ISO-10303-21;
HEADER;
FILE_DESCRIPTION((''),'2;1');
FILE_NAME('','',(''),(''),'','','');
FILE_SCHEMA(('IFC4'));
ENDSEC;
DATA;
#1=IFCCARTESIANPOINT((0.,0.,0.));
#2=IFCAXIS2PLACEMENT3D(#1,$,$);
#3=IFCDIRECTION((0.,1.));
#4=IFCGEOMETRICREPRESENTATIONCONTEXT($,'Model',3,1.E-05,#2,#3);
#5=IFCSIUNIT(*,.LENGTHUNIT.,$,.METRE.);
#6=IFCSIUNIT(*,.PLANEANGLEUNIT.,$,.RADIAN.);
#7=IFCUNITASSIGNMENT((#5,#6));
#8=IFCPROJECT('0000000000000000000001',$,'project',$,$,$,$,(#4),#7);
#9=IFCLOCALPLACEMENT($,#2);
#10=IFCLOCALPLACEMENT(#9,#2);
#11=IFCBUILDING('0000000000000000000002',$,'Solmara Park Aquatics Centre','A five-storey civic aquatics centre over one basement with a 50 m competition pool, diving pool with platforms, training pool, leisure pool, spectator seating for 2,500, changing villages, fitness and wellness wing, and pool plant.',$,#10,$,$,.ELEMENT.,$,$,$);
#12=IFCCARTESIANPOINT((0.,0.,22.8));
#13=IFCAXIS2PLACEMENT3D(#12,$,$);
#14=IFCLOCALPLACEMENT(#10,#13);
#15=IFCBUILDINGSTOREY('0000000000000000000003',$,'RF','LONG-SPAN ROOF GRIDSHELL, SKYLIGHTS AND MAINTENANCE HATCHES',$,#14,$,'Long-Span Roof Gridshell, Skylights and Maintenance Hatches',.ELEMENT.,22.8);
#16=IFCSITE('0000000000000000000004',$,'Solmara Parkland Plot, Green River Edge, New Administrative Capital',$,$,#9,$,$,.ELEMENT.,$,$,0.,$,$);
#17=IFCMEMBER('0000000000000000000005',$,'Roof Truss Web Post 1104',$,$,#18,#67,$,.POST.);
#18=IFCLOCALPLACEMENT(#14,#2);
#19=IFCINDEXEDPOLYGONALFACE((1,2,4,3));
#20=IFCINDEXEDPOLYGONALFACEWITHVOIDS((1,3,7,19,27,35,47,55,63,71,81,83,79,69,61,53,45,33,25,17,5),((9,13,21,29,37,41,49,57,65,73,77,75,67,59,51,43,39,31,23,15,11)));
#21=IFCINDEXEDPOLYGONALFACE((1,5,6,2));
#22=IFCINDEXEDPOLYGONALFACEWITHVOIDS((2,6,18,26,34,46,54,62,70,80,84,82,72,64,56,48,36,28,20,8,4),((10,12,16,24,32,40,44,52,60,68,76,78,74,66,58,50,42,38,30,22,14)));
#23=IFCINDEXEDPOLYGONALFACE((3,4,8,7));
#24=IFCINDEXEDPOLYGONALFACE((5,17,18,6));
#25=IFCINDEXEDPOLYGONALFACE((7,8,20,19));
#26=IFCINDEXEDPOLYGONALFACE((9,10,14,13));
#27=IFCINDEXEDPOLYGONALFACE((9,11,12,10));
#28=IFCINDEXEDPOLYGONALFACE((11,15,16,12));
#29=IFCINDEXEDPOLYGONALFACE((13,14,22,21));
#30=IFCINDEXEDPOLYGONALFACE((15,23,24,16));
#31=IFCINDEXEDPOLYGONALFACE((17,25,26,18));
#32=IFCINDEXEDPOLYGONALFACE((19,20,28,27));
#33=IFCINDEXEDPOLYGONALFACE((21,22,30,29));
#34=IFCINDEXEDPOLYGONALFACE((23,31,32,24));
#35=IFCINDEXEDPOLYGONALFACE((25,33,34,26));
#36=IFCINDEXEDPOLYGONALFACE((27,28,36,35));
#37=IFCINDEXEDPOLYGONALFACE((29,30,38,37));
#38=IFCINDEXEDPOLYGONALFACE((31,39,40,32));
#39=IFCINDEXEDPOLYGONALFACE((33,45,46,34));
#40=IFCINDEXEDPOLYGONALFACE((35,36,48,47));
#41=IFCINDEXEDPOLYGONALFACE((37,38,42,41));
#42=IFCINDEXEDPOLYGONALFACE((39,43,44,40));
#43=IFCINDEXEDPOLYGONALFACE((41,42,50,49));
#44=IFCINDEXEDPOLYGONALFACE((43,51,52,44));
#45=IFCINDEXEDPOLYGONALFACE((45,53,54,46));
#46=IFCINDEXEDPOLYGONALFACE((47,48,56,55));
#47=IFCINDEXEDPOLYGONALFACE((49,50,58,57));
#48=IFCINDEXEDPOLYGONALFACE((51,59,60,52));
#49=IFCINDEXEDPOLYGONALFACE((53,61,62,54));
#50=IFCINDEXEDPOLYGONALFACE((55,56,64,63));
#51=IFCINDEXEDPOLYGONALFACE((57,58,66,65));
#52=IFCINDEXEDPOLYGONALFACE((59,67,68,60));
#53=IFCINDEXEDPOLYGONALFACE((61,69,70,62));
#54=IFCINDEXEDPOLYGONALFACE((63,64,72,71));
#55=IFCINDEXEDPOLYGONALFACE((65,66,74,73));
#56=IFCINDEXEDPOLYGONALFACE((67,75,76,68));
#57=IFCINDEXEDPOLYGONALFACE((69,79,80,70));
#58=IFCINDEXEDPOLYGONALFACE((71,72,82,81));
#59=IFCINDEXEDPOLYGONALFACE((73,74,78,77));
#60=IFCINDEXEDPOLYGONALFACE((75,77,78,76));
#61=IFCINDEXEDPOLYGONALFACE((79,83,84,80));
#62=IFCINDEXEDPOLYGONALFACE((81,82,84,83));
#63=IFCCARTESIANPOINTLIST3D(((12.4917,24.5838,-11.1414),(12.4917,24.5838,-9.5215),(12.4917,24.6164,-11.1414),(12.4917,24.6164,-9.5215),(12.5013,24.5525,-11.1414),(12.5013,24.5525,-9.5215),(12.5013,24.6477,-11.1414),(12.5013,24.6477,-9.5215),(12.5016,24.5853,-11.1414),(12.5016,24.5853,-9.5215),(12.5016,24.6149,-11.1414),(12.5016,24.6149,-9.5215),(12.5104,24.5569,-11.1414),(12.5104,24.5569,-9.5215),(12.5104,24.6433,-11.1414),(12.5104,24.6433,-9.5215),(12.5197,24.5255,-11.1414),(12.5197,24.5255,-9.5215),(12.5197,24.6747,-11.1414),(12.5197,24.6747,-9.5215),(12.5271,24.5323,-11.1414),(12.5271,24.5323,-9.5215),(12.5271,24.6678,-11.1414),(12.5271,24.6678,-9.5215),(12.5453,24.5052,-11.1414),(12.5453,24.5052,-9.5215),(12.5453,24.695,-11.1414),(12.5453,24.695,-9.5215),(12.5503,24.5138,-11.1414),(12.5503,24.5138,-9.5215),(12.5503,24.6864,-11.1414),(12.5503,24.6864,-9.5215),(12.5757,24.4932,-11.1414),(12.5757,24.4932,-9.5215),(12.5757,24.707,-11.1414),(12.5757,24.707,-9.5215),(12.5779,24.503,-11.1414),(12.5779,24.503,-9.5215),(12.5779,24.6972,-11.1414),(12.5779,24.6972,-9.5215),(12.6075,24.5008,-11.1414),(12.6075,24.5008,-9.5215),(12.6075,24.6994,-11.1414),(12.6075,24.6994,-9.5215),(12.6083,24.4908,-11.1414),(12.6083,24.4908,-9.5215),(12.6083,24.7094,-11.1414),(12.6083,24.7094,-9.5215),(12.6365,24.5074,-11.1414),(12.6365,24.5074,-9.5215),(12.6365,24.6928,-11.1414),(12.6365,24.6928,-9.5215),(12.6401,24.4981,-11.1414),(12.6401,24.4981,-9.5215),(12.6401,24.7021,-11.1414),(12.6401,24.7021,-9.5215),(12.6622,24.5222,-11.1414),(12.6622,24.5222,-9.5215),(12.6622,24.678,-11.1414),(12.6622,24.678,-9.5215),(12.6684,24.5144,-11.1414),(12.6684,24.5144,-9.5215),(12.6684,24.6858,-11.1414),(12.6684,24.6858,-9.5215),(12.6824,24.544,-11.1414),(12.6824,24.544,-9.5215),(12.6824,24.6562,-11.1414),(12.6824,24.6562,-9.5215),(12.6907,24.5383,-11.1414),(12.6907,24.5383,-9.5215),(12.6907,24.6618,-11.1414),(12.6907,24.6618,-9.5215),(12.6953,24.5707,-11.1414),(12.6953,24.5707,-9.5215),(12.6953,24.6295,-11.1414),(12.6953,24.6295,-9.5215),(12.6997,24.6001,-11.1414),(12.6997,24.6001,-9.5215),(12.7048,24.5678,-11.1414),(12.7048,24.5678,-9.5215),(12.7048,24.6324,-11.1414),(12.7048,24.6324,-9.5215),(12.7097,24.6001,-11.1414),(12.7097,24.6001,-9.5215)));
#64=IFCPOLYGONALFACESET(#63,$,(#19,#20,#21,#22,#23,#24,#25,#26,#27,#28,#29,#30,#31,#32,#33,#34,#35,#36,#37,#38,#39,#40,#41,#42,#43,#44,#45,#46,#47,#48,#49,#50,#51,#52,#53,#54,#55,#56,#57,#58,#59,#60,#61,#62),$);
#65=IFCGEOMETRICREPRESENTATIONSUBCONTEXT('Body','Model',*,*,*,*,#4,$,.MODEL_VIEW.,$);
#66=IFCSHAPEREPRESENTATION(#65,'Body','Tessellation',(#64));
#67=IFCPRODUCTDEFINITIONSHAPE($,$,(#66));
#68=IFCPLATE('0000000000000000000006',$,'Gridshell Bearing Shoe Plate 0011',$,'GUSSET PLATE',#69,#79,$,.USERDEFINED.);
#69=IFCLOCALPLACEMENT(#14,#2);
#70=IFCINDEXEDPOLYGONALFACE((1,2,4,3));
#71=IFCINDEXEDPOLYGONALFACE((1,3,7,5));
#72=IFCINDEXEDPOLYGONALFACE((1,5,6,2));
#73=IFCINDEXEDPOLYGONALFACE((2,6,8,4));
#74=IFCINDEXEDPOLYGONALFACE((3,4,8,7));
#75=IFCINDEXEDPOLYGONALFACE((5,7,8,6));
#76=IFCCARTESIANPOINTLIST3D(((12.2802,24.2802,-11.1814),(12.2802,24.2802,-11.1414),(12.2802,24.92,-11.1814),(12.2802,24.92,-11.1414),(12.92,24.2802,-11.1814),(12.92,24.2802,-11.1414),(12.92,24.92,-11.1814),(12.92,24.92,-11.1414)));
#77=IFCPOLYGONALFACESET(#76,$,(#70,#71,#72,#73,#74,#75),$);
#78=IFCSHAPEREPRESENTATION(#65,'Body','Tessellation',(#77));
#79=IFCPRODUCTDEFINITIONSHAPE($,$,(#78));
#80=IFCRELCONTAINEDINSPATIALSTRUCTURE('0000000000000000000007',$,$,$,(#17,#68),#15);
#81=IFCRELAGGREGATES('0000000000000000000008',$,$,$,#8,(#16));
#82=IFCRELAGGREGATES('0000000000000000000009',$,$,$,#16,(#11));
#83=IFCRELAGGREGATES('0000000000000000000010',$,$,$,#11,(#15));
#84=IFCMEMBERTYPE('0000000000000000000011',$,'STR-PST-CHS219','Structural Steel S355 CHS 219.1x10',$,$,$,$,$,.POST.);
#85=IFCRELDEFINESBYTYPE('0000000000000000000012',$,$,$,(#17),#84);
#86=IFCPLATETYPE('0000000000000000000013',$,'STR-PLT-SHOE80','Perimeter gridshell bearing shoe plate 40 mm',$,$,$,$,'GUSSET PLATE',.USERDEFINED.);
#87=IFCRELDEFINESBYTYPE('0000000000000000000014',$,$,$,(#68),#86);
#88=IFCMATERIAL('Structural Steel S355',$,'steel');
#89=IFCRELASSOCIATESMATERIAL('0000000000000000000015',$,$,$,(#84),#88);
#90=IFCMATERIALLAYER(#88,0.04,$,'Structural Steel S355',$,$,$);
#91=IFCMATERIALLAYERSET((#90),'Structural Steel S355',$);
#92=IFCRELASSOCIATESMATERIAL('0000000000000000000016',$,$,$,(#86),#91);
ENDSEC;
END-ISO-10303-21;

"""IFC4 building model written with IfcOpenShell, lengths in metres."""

from ifc_helpers import new_model, si_unit, direction, frame, origin, origin_2d, place, context, subcontext, project, spatial, rectangle, hollow_circle, extrude, material, layer, layer_set, material_profile, profile_set, type_object, element, save


model = new_model("IFC4")

# Units and contexts
model_context = context("Model", 3, precision=1e-05, world=origin(), true_north=direction((0.0, 1.0)))
body_context = subcontext(model_context, "Body", "Model", "MODEL_VIEW")
ifc_project = project(units=[si_unit("LENGTHUNIT", "METRE"), si_unit("PLANEANGLEUNIT", "RADIAN")], contexts=[model_context])

# Site, building, storey
site_placement = place(None, origin())
site = spatial("IfcSite", under=ifc_project, at=site_placement, Name="Solmara Parkland Plot, Green River Edge, New Administrative Capital", CompositionType="ELEMENT", RefElevation=0.0)
building_placement = place(site_placement, origin())
building = spatial("IfcBuilding", under=site, at=building_placement, Name="Solmara Park Aquatics Centre", Description="A five-storey civic aquatics centre over one basement with a 50 m competition pool, diving pool with platforms, training pool, leisure pool, spectator seating for 2,500, changing villages, fitness and wellness wing, and pool plant.", CompositionType="ELEMENT")
storey_placement = place(building_placement, frame((0.0, 0.0, 22.8)))
storey = spatial("IfcBuildingStorey", under=building, at=storey_placement, Name="RF", Description="LONG-SPAN ROOF GRIDSHELL, SKYLIGHTS AND MAINTENANCE HATCHES", LongName="Long-Span Roof Gridshell, Skylights and Maintenance Hatches", CompositionType="ELEMENT", Elevation=22.8)

# Member
ifc_material_1 = material(Name="Structural Steel S355", Category="steel")
ifc_material_profile_1 = material_profile(ifc_material_1, hollow_circle(Radius=0.1096, WallThickness=0.01, at=origin_2d()), Name="CHS 219.1x10")
ifc_profile_set_1 = profile_set([ifc_material_profile_1], Name="Structural Steel S355")
member_type_1 = type_object("IfcMemberType", Name="STR-PST-CHS219", Description="Structural Steel S355 CHS 219.1x10", PredefinedType="POST", material=ifc_profile_set_1)
member_1_placement = place(storey_placement, frame((12.6001, 24.6001, -11.1414), z_axis=(0.0, 0.0, 1.0), x_axis=(1.0, 0.0, 0.0)))
element("IfcMember", 1, at=member_1_placement, inside=storey, type_object=member_type_1, Name="Roof Truss Web Post 1104", PredefinedType="POST", context=body_context, shape_type="SweptSolid", body=[
    extrude(hollow_circle(Radius=0.1096, WallThickness=0.01, at=origin_2d()), origin(), (0.0, 0.0, 1.0), 1.6199),
])

# Plate
ifc_layer = layer(ifc_material_1, 0.04, Name="Structural Steel S355")
ifc_layer_set = layer_set([ifc_layer], Name="Structural Steel S355")
plate_type = type_object("IfcPlateType", Name="STR-PLT-SHOE80", Description="Perimeter gridshell bearing shoe plate 40 mm", ElementType="GUSSET PLATE", PredefinedType="USERDEFINED", material=ifc_layer_set)
plate_placement = place(storey_placement, frame((12.6001, 24.6001, -11.1814), z_axis=(0.0, 0.0, 1.0), x_axis=(1.0, 0.0, 0.0)))
element("IfcPlate", 2, at=plate_placement, inside=storey, type_object=plate_type, Name="Gridshell Bearing Shoe Plate 0011", ObjectType="GUSSET PLATE", PredefinedType="USERDEFINED", context=body_context, shape_type="SweptSolid", body=[
    extrude(rectangle(XDim=0.6399, YDim=0.6399, at=origin_2d()), origin(), (0.0, 0.0, 1.0), 0.04),
])

save(model, "model.ifc")
